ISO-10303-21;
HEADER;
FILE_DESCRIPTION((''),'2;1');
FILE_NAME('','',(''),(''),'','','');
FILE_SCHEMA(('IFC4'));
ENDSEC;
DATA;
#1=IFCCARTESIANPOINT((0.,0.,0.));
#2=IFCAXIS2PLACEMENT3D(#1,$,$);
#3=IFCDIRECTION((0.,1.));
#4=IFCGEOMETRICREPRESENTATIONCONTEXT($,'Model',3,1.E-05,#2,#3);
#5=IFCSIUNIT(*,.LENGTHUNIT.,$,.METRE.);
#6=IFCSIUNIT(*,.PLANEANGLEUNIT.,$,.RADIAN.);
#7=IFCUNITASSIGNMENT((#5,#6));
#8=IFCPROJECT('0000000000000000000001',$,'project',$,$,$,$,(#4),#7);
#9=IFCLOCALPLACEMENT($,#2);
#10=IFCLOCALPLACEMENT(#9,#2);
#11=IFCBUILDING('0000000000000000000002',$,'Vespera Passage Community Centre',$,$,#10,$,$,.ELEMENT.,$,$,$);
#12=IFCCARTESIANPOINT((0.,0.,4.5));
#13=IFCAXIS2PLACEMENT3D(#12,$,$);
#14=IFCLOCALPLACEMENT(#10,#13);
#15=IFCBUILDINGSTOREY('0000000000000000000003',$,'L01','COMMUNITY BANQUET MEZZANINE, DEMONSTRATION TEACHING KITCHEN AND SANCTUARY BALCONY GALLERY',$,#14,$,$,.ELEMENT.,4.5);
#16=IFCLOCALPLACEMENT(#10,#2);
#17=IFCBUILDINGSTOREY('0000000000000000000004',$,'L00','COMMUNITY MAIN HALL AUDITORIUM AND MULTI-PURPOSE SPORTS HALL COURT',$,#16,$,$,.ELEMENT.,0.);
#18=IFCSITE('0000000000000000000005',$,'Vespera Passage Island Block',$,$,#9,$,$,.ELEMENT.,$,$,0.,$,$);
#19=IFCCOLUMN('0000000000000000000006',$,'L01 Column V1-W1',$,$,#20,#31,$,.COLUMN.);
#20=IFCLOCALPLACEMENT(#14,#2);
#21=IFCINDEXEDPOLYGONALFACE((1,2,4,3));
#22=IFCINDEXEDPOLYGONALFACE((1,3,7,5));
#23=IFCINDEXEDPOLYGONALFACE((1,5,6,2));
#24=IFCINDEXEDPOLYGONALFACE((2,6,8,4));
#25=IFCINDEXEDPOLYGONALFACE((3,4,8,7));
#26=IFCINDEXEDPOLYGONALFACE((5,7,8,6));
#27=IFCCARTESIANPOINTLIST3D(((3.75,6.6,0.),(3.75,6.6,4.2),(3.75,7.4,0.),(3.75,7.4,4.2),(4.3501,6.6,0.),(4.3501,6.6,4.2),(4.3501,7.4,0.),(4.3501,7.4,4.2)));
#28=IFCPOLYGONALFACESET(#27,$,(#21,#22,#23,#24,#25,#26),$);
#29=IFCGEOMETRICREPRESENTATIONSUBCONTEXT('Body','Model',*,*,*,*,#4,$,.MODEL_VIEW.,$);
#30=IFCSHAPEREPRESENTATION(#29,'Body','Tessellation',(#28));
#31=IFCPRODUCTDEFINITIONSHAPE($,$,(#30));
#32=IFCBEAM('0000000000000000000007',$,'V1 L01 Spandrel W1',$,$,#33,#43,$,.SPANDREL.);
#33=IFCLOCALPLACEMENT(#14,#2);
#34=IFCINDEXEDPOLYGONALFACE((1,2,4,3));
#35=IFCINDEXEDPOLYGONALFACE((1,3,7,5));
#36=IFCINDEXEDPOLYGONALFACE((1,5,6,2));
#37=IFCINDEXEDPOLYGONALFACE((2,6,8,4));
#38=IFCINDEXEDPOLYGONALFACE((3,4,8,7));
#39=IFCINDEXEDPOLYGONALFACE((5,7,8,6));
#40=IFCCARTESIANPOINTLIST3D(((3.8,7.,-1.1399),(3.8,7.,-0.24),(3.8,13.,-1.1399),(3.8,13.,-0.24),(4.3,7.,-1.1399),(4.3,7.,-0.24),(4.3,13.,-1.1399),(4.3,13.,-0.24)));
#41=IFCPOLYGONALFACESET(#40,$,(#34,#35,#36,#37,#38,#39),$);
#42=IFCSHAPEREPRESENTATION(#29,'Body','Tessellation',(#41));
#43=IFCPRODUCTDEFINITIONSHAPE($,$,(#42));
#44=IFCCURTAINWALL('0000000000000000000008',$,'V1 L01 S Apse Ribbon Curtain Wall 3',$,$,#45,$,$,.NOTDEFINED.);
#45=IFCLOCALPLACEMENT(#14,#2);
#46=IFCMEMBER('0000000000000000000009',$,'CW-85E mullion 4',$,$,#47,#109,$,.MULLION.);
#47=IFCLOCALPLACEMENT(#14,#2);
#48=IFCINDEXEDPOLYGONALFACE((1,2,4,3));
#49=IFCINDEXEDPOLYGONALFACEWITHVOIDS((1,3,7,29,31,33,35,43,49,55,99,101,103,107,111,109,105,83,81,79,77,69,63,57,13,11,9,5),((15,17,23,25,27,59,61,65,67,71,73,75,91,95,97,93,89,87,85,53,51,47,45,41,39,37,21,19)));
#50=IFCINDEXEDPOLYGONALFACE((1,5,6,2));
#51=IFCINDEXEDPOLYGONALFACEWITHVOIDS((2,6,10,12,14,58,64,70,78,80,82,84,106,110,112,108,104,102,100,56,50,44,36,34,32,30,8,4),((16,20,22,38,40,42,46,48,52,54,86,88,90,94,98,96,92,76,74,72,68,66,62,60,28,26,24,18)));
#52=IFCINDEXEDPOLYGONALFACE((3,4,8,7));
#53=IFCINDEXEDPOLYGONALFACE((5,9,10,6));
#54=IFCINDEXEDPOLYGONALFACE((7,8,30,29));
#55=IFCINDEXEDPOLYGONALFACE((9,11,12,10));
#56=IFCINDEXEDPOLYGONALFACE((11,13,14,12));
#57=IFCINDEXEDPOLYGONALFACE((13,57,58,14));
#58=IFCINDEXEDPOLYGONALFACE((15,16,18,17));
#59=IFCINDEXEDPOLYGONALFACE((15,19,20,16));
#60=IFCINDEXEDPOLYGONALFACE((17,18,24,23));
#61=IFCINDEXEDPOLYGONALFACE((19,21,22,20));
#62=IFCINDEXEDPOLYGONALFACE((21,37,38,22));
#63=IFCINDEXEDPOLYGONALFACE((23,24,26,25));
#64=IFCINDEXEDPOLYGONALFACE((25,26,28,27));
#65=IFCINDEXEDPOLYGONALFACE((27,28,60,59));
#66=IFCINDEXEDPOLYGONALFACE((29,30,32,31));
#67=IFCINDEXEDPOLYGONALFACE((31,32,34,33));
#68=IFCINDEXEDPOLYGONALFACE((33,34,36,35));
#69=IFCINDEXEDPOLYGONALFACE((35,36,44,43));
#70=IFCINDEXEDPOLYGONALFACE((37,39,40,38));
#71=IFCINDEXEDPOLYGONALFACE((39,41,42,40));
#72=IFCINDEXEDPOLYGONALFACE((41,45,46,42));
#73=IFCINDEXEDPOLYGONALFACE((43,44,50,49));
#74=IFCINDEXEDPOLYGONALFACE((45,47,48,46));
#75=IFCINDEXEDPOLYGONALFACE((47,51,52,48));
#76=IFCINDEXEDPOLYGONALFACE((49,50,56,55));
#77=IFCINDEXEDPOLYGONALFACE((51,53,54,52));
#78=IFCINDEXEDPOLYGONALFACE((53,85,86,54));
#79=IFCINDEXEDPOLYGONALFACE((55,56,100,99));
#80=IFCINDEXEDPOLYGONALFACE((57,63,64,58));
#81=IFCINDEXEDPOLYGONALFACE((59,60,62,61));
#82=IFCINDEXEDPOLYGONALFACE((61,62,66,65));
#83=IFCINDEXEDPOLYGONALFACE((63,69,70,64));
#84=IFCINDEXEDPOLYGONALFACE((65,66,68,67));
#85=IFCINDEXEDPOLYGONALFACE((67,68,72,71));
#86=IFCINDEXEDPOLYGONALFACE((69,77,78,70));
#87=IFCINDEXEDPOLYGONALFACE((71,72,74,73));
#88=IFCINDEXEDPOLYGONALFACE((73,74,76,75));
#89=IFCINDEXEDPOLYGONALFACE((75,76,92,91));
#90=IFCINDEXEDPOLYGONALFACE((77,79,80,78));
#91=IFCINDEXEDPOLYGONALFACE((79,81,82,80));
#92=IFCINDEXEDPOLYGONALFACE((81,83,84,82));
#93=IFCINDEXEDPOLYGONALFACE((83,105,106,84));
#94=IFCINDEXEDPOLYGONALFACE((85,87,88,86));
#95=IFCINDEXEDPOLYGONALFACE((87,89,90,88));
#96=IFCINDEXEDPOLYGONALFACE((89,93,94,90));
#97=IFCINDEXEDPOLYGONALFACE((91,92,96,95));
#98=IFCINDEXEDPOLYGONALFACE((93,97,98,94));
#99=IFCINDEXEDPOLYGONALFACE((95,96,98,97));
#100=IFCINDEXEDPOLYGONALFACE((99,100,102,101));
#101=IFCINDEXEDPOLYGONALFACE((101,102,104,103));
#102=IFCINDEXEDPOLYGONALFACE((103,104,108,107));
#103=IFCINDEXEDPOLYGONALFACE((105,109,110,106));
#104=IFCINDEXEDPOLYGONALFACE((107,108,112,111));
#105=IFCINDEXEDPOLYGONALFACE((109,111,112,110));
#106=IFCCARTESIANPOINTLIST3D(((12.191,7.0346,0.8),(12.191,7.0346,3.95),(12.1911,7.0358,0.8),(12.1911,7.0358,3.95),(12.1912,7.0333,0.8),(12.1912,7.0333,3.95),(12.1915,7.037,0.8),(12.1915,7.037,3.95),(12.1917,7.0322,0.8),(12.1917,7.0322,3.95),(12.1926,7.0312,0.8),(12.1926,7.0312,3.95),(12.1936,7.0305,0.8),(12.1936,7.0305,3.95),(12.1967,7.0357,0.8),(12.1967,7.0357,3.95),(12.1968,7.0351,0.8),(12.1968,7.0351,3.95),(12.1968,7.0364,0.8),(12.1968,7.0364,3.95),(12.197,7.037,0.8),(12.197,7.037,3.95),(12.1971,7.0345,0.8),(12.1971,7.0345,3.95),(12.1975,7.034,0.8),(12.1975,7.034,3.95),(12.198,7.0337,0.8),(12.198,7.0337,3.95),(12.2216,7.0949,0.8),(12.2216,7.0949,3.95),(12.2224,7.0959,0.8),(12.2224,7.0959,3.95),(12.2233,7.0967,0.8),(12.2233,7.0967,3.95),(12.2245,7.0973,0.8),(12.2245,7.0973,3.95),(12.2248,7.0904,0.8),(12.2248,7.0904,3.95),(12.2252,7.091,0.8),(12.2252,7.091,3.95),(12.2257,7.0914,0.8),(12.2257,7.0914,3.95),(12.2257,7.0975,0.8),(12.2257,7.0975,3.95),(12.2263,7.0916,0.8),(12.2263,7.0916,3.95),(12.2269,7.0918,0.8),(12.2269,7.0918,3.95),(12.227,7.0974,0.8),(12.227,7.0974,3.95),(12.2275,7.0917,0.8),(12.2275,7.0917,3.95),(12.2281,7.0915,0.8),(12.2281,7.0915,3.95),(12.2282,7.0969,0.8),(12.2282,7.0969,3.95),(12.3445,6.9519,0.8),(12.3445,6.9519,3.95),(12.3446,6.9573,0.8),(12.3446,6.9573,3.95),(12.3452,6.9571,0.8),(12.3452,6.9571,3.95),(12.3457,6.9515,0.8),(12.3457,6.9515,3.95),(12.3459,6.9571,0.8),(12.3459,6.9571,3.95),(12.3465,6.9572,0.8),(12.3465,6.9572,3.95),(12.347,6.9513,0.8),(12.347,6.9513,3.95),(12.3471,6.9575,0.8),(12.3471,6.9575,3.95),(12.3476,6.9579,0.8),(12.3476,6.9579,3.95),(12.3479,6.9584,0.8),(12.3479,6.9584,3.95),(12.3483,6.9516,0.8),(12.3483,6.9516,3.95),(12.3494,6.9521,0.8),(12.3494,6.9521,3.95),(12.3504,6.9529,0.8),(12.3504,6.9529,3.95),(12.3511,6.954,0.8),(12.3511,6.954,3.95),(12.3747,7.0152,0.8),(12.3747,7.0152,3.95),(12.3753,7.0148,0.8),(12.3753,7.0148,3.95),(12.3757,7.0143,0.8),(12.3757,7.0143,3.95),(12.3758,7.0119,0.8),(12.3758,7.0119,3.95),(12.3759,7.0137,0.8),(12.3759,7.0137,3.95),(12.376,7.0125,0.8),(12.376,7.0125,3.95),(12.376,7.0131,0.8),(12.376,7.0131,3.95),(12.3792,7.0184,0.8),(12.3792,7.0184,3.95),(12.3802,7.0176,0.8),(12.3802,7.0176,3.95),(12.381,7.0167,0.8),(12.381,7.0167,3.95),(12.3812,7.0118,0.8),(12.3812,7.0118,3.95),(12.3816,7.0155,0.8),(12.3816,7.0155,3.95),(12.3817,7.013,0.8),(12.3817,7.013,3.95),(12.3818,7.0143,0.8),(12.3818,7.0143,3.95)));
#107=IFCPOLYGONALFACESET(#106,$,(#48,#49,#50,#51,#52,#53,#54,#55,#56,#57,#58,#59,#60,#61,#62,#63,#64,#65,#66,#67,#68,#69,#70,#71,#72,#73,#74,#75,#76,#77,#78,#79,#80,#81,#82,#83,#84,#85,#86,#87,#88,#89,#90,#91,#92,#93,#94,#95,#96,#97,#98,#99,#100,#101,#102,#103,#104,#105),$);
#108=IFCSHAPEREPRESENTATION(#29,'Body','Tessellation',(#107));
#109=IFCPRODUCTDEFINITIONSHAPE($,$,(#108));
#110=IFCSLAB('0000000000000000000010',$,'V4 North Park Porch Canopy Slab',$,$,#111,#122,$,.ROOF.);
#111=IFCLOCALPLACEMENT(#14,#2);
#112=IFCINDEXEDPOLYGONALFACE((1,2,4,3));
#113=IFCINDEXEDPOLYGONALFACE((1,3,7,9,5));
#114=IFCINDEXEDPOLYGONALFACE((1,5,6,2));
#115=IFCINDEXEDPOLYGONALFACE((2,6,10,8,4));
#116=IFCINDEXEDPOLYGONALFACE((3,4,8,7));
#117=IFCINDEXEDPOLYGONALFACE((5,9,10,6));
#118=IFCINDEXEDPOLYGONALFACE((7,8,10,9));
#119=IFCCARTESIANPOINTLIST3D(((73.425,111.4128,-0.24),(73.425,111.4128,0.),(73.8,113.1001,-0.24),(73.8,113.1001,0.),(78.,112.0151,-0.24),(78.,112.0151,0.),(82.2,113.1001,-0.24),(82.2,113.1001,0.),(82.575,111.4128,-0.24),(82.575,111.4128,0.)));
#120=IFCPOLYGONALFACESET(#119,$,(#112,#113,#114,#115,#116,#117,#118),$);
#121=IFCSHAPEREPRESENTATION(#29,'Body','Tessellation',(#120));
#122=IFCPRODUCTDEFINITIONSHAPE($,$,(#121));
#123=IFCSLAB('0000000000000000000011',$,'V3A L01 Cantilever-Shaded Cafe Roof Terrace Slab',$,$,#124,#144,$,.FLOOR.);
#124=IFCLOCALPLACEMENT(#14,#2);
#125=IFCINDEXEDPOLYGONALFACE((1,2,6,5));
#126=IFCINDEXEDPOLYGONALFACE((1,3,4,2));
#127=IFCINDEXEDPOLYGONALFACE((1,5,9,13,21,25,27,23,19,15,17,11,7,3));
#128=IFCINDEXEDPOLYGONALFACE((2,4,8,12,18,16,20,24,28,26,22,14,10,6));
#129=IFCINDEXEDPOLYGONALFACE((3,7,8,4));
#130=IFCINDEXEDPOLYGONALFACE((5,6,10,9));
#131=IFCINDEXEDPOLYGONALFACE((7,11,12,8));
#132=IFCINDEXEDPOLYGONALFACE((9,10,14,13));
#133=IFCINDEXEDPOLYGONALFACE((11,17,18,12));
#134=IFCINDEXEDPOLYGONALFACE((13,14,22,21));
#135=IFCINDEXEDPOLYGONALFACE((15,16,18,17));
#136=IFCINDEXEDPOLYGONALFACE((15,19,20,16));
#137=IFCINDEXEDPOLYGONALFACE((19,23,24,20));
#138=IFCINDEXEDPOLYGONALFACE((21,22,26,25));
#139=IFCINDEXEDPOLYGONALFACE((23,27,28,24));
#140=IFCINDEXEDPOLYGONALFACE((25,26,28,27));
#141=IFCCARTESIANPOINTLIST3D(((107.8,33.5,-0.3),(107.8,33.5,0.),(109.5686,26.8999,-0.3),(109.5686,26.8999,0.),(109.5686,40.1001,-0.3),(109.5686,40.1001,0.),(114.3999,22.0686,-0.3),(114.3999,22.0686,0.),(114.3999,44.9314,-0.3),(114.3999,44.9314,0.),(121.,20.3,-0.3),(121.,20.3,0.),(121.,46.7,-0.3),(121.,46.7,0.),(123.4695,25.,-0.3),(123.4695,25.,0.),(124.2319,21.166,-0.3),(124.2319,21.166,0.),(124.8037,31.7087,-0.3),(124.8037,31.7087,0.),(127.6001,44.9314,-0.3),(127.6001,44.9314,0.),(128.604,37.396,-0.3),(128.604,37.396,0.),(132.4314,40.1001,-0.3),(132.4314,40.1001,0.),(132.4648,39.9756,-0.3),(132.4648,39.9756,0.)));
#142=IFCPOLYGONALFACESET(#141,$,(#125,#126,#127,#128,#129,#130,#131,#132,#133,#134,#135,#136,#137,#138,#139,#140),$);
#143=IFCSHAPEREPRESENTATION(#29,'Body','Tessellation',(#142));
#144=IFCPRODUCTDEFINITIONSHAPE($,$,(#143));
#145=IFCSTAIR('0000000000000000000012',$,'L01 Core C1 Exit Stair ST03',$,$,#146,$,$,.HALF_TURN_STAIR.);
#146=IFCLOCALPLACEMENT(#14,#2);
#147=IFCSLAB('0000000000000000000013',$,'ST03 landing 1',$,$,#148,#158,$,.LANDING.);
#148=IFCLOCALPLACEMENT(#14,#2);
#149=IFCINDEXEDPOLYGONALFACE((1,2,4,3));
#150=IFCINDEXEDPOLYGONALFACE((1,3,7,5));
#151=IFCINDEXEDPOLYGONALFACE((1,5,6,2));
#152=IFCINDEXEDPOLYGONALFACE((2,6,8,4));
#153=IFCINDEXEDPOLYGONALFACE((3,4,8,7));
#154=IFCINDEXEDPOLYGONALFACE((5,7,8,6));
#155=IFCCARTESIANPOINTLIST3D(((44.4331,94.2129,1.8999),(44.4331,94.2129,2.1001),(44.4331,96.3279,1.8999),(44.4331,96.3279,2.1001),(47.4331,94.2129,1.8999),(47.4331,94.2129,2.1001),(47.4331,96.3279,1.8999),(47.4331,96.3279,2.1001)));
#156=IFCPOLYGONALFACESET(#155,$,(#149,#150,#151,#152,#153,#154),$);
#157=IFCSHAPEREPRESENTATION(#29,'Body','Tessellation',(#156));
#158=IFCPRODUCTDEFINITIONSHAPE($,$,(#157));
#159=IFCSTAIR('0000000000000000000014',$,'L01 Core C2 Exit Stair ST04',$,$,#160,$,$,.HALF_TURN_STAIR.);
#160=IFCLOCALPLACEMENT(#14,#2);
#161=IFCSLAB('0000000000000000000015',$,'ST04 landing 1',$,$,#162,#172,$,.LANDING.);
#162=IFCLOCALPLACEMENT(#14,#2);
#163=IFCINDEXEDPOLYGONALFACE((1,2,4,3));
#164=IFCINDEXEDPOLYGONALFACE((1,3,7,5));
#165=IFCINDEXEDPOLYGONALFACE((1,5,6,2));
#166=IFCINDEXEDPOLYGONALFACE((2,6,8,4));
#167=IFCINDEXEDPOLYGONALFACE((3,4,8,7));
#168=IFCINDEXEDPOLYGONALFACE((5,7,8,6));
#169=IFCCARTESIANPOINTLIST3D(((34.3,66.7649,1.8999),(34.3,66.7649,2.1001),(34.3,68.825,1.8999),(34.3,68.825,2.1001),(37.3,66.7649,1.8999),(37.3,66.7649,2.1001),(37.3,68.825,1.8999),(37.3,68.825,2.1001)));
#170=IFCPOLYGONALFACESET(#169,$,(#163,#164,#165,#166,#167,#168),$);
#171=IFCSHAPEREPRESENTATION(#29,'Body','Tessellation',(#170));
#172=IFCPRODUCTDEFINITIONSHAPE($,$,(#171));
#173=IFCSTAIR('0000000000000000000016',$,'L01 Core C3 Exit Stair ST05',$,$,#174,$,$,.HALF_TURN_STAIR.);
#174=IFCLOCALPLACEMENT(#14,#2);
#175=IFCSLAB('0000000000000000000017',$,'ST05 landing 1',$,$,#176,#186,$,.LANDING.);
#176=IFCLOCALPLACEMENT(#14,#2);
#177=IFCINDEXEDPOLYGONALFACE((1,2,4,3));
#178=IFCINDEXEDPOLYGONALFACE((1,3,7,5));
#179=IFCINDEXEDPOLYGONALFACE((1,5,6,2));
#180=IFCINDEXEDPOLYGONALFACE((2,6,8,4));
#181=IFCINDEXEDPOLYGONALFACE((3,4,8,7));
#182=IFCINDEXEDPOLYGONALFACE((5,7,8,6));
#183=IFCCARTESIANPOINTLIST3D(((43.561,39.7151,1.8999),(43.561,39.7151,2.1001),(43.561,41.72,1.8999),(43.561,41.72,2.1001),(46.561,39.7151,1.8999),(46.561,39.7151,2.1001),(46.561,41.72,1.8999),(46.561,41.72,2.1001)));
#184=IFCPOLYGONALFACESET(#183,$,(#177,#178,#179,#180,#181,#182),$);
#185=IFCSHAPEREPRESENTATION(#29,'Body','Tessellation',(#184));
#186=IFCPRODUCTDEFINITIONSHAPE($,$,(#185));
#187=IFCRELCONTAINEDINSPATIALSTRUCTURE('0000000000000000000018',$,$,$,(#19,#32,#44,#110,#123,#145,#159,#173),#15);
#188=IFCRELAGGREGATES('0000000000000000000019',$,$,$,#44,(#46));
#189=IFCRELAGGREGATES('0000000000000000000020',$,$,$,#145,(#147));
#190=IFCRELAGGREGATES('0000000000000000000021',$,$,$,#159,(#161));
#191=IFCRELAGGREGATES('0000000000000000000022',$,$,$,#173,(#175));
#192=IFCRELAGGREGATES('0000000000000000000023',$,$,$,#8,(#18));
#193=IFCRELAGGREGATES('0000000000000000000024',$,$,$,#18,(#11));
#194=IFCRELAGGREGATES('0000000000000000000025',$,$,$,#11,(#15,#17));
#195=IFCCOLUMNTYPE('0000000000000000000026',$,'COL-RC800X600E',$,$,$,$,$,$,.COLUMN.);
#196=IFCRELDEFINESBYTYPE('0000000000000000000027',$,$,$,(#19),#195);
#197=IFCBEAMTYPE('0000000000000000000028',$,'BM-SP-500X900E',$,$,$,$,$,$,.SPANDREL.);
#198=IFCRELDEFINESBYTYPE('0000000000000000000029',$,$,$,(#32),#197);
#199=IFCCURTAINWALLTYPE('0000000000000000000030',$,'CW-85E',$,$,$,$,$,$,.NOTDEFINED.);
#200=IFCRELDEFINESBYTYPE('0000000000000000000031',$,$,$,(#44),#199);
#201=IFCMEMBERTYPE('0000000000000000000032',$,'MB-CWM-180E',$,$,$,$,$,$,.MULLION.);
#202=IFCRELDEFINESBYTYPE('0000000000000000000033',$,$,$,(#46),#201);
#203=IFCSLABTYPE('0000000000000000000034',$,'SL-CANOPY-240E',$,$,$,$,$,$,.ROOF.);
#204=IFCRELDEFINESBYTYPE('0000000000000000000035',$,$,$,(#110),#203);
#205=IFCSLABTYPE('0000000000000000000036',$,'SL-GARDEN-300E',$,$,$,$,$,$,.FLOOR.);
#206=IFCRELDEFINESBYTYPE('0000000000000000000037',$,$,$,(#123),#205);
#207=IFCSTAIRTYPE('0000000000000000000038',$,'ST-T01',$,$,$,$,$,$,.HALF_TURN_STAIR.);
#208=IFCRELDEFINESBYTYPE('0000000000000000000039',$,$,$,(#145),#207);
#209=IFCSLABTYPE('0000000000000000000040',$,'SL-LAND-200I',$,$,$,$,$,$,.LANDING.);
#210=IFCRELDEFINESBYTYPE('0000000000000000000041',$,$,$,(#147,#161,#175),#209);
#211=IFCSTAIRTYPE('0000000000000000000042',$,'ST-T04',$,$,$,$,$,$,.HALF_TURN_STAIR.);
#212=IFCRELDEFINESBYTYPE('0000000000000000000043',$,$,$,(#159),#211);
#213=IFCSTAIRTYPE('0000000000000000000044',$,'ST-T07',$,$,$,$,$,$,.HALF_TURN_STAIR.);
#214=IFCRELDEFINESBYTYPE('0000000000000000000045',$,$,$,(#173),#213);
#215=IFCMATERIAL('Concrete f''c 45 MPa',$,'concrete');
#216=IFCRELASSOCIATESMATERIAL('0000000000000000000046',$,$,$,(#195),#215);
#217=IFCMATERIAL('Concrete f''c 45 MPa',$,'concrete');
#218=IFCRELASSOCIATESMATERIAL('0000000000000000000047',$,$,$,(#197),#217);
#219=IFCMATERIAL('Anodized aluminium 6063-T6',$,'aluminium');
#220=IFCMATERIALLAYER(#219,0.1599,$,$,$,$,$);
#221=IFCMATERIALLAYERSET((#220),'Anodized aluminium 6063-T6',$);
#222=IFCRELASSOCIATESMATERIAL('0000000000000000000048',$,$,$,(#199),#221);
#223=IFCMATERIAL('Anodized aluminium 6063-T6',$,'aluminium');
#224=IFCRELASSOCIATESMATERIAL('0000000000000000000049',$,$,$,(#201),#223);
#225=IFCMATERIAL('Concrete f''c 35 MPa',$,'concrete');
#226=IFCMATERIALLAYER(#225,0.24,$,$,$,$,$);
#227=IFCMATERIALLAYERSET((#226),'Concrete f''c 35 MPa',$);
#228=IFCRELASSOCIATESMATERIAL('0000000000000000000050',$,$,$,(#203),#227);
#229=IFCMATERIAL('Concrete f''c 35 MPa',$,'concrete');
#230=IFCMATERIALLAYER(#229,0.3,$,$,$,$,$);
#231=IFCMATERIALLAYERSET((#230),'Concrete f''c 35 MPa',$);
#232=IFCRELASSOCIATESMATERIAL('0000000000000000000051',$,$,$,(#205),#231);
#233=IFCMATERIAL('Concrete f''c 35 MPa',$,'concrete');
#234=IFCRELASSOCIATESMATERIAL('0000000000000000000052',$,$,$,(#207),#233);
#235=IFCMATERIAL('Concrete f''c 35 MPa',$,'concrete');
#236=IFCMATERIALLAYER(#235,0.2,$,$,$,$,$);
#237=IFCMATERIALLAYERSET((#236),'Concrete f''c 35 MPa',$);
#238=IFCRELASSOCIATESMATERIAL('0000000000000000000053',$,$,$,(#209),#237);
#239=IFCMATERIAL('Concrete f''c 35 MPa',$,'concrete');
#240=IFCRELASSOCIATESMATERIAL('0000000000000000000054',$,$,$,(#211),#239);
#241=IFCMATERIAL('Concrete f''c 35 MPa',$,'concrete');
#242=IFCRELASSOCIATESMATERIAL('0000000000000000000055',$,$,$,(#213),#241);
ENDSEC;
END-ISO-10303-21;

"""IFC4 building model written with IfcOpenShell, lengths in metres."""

from ifc_helpers import new_model, si_unit, direction, frame, origin, origin_2d, place, context, subcontext, project, spatial, polyline, rectangle, hollow_rectangle, outline, extrude, material, layer, layer_set, material_profile, profile_set, type_object, element, aggregate, save


model = new_model("IFC4")

# Units and contexts
model_context = context("Model", 3, precision=1e-05, world=origin(), true_north=direction((0.0, 1.0)))
body_context = subcontext(model_context, "Body", "Model", "MODEL_VIEW")
ifc_project = project(units=[si_unit("LENGTHUNIT", "METRE"), si_unit("PLANEANGLEUNIT", "RADIAN")], contexts=[model_context])

# Site, building, storey
site_placement = place(None, origin())
site = spatial("IfcSite", under=ifc_project, at=site_placement, Name="Vespera Passage Island Block", CompositionType="ELEMENT", RefElevation=0.0)
building_placement = place(site_placement, origin())
building = spatial("IfcBuilding", under=site, at=building_placement, Name="Vespera Passage Community Centre", CompositionType="ELEMENT")
storey_1_placement = place(building_placement, frame((0.0, 0.0, 4.5)))
storey_1 = spatial("IfcBuildingStorey", under=building, at=storey_1_placement, Name="L01", Description="COMMUNITY BANQUET MEZZANINE, DEMONSTRATION TEACHING KITCHEN AND SANCTUARY BALCONY GALLERY", CompositionType="ELEMENT", Elevation=4.5)

# Column
ifc_material_1 = material(Name="Concrete f'c 45 MPa", Category="concrete")
ifc_material_profile_1 = material_profile(ifc_material_1, rectangle(XDim=0.6001, YDim=0.8, at=origin_2d()), Name="RC800X600")
ifc_profile_set_1 = profile_set([ifc_material_profile_1], Name="Concrete f'c 45 MPa")
column_type = type_object("IfcColumnType", Name="COL-RC800X600E", PredefinedType="COLUMN", material=ifc_profile_set_1)
column_placement = place(storey_1_placement, frame((4.05, 7.0, 0.0), z_axis=(0.0, 0.0, 1.0), x_axis=(1.0, 0.0, 0.0)))
element("IfcColumn", 1, at=column_placement, inside=storey_1, type_object=column_type, Name="L01 Column V1-W1", PredefinedType="COLUMN", context=body_context, shape_type="SweptSolid", body=[
    extrude(rectangle(XDim=0.6001, YDim=0.8, at=origin_2d()), origin(), (0.0, 0.0, 1.0), 4.2),
])

# Beam
ifc_material_2 = material(Name="Concrete f'c 45 MPa", Category="concrete")
ifc_material_profile_2 = material_profile(ifc_material_2, rectangle(XDim=0.5, YDim=0.8999, at=origin_2d()), Name="RC500X900")
ifc_profile_set_2 = profile_set([ifc_material_profile_2], Name="Concrete f'c 45 MPa")
beam_type = type_object("IfcBeamType", Name="BM-SP-500X900E", PredefinedType="SPANDREL", material=ifc_profile_set_2)
beam_placement = place(storey_1_placement, frame((4.05, 7.0, -0.6899), z_axis=(0.0, 1.0, 0.0), x_axis=(-1.0, 0.0, 0.0)))
element("IfcBeam", 2, at=beam_placement, inside=storey_1, type_object=beam_type, Name="V1 L01 Spandrel W1", PredefinedType="SPANDREL", context=body_context, shape_type="SweptSolid", body=[
    extrude(rectangle(XDim=0.5, YDim=0.8999, at=origin_2d()), origin(), (0.0, 0.0, 1.0), 6.0),
])

# Curtain wall, member
ifc_material_3 = material(Name="Anodized aluminium 6063-T6", Category="aluminium")
ifc_layer_1 = layer(ifc_material_3, 0.1599)
ifc_layer_set_1 = layer_set([ifc_layer_1], Name="Anodized aluminium 6063-T6")
curtain_wall_type = type_object("IfcCurtainWallType", Name="CW-85E", PredefinedType="NOTDEFINED", material=ifc_layer_set_1)
curtain_wall_placement = place(storey_1_placement, origin())
curtain_wall = element("IfcCurtainWall", 3, at=curtain_wall_placement, inside=storey_1, type_object=curtain_wall_type, Name="V1 L01 S Apse Ribbon Curtain Wall 3", PredefinedType="NOTDEFINED")
ifc_material_4 = material(Name="Anodized aluminium 6063-T6", Category="aluminium")
ifc_material_profile_3 = material_profile(ifc_material_4, hollow_rectangle(XDim=0.075, YDim=0.1799, WallThickness=0.0049, InnerFilletRadius=0.0024, OuterFilletRadius=0.0049, at=origin_2d()), Name="ALU180X75X5")
ifc_profile_set_3 = profile_set([ifc_material_profile_3], Name="Anodized aluminium 6063-T6")
member_type = type_object("IfcMemberType", Name="MB-CWM-180E", PredefinedType="MULLION", material=ifc_profile_set_3)
member_placement = place(storey_1_placement, frame((12.2864, 7.0244, 0.8), z_axis=(0.0, 0.0, 1.0), x_axis=(-0.461745, -0.887013, 0.0)))
member = element("IfcMember", 4, at=member_placement, type_object=member_type, Name="CW-85E mullion 4", PredefinedType="MULLION", context=body_context, shape_type="SweptSolid", body=[
    extrude(hollow_rectangle(XDim=0.075, YDim=0.1799, WallThickness=0.0049, InnerFilletRadius=0.0024, OuterFilletRadius=0.0049, at=origin_2d()), origin(), (0.0, 0.0, 1.0), 3.1499),
])
aggregate(curtain_wall, [member])

# Slabs
ifc_material_5 = material(Name="Concrete f'c 35 MPa", Category="concrete")
ifc_layer_2 = layer(ifc_material_5, 0.24)
ifc_layer_set_2 = layer_set([ifc_layer_2], Name="Concrete f'c 35 MPa")
slab_type_1 = type_object("IfcSlabType", Name="SL-CANOPY-240E", PredefinedType="ROOF", material=ifc_layer_set_2)
slab_1_placement = place(storey_1_placement, frame((0.0, 0.0, -0.24)))
element("IfcSlab", 5, at=slab_1_placement, inside=storey_1, type_object=slab_type_1, Name="V4 North Park Porch Canopy Slab", PredefinedType="ROOF", context=body_context, shape_type="SweptSolid", body=[
    extrude(outline(polyline([(73.8, 113.1001), (82.2, 113.1001), (82.575, 111.4128), (78.0, 112.0151), (73.425, 111.4128), (73.8, 113.1001)])), origin(), (0.0, 0.0, 1.0), 0.24),
])
ifc_material_6 = material(Name="Concrete f'c 35 MPa", Category="concrete")
ifc_layer_3 = layer(ifc_material_6, 0.3)
ifc_layer_set_3 = layer_set([ifc_layer_3], Name="Concrete f'c 35 MPa")
slab_type_2 = type_object("IfcSlabType", Name="SL-GARDEN-300E", PredefinedType="FLOOR", material=ifc_layer_set_3)
slab_2_placement = place(storey_1_placement, frame((0.0, 0.0, -0.3)))
element("IfcSlab", 6, at=slab_2_placement, inside=storey_1, type_object=slab_type_2, Name="V3A L01 Cantilever-Shaded Cafe Roof Terrace Slab", PredefinedType="FLOOR", context=body_context, shape_type="SweptSolid", body=[
    extrude(outline(polyline([(121.0, 20.3), (114.3999, 22.0686), (109.5686, 26.8999), (107.8, 33.5), (109.5686, 40.1001), (114.3999, 44.9314), (121.0, 46.7), (127.6001, 44.9314), (132.4314, 40.1001), (132.4648, 39.9756), (128.604, 37.396), (124.8037, 31.7087), (123.4695, 25.0), (124.2319, 21.166), (121.0, 20.3)])), origin(), (0.0, 0.0, 1.0), 0.3),
])

# Stairs, slabs
ifc_material_7 = material(Name="Concrete f'c 35 MPa", Category="concrete")
stair_type_1 = type_object("IfcStairType", Name="ST-T01", PredefinedType="HALF_TURN_STAIR", material=ifc_material_7)
stair_1_placement = place(storey_1_placement, origin())
stair_1 = element("IfcStair", 7, at=stair_1_placement, inside=storey_1, type_object=stair_type_1, Name="L01 Core C1 Exit Stair ST03", PredefinedType="HALF_TURN_STAIR")
ifc_material_8 = material(Name="Concrete f'c 35 MPa", Category="concrete")
ifc_layer_4 = layer(ifc_material_8, 0.2)
ifc_layer_set_4 = layer_set([ifc_layer_4], Name="Concrete f'c 35 MPa")
slab_type_3 = type_object("IfcSlabType", Name="SL-LAND-200I", PredefinedType="LANDING", material=ifc_layer_set_4)
slab_3_placement = place(storey_1_placement, frame((0.0, 0.0, 1.8999)))
slab_3 = element("IfcSlab", 8, at=slab_3_placement, type_object=slab_type_3, Name="ST03 landing 1", PredefinedType="LANDING", context=body_context, shape_type="SweptSolid", body=[
    extrude(outline(polyline([(47.4331, 94.2129), (47.4331, 96.3279), (44.4331, 96.3279), (44.4331, 94.2129), (47.4331, 94.2129)])), origin(), (0.0, 0.0, 1.0), 0.2002),
])
aggregate(stair_1, [slab_3])
ifc_material_9 = material(Name="Concrete f'c 35 MPa", Category="concrete")
stair_type_2 = type_object("IfcStairType", Name="ST-T04", PredefinedType="HALF_TURN_STAIR", material=ifc_material_9)
stair_2_placement = place(storey_1_placement, origin())
stair_2 = element("IfcStair", 9, at=stair_2_placement, inside=storey_1, type_object=stair_type_2, Name="L01 Core C2 Exit Stair ST04", PredefinedType="HALF_TURN_STAIR")
slab_4_placement = place(storey_1_placement, frame((0.0, 0.0, 1.8999)))
slab_4 = element("IfcSlab", 10, at=slab_4_placement, type_object=slab_type_3, Name="ST04 landing 1", PredefinedType="LANDING", context=body_context, shape_type="SweptSolid", body=[
    extrude(outline(polyline([(37.3, 66.7649), (37.3, 68.825), (34.3, 68.825), (34.3, 66.7649), (37.3, 66.7649)])), origin(), (0.0, 0.0, 1.0), 0.2002),
])
aggregate(stair_2, [slab_4])
ifc_material_10 = material(Name="Concrete f'c 35 MPa", Category="concrete")
stair_type_3 = type_object("IfcStairType", Name="ST-T07", PredefinedType="HALF_TURN_STAIR", material=ifc_material_10)
stair_3_placement = place(storey_1_placement, origin())
stair_3 = element("IfcStair", 11, at=stair_3_placement, inside=storey_1, type_object=stair_type_3, Name="L01 Core C3 Exit Stair ST05", PredefinedType="HALF_TURN_STAIR")
slab_5_placement = place(storey_1_placement, frame((0.0, 0.0, 1.8999)))
slab_5 = element("IfcSlab", 12, at=slab_5_placement, type_object=slab_type_3, Name="ST05 landing 1", PredefinedType="LANDING", context=body_context, shape_type="SweptSolid", body=[
    extrude(outline(polyline([(46.561, 39.7151), (46.561, 41.72), (43.561, 41.72), (43.561, 39.7151), (46.561, 39.7151)])), origin(), (0.0, 0.0, 1.0), 0.2002),
])
aggregate(stair_3, [slab_5])

# Shared definitions
storey_2_placement = place(building_placement, origin())
storey_2 = spatial("IfcBuildingStorey", under=building, at=storey_2_placement, Name="L00", Description="COMMUNITY MAIN HALL AUDITORIUM AND MULTI-PURPOSE SPORTS HALL COURT", CompositionType="ELEMENT", Elevation=0.0)

save(model, "model.ifc")
